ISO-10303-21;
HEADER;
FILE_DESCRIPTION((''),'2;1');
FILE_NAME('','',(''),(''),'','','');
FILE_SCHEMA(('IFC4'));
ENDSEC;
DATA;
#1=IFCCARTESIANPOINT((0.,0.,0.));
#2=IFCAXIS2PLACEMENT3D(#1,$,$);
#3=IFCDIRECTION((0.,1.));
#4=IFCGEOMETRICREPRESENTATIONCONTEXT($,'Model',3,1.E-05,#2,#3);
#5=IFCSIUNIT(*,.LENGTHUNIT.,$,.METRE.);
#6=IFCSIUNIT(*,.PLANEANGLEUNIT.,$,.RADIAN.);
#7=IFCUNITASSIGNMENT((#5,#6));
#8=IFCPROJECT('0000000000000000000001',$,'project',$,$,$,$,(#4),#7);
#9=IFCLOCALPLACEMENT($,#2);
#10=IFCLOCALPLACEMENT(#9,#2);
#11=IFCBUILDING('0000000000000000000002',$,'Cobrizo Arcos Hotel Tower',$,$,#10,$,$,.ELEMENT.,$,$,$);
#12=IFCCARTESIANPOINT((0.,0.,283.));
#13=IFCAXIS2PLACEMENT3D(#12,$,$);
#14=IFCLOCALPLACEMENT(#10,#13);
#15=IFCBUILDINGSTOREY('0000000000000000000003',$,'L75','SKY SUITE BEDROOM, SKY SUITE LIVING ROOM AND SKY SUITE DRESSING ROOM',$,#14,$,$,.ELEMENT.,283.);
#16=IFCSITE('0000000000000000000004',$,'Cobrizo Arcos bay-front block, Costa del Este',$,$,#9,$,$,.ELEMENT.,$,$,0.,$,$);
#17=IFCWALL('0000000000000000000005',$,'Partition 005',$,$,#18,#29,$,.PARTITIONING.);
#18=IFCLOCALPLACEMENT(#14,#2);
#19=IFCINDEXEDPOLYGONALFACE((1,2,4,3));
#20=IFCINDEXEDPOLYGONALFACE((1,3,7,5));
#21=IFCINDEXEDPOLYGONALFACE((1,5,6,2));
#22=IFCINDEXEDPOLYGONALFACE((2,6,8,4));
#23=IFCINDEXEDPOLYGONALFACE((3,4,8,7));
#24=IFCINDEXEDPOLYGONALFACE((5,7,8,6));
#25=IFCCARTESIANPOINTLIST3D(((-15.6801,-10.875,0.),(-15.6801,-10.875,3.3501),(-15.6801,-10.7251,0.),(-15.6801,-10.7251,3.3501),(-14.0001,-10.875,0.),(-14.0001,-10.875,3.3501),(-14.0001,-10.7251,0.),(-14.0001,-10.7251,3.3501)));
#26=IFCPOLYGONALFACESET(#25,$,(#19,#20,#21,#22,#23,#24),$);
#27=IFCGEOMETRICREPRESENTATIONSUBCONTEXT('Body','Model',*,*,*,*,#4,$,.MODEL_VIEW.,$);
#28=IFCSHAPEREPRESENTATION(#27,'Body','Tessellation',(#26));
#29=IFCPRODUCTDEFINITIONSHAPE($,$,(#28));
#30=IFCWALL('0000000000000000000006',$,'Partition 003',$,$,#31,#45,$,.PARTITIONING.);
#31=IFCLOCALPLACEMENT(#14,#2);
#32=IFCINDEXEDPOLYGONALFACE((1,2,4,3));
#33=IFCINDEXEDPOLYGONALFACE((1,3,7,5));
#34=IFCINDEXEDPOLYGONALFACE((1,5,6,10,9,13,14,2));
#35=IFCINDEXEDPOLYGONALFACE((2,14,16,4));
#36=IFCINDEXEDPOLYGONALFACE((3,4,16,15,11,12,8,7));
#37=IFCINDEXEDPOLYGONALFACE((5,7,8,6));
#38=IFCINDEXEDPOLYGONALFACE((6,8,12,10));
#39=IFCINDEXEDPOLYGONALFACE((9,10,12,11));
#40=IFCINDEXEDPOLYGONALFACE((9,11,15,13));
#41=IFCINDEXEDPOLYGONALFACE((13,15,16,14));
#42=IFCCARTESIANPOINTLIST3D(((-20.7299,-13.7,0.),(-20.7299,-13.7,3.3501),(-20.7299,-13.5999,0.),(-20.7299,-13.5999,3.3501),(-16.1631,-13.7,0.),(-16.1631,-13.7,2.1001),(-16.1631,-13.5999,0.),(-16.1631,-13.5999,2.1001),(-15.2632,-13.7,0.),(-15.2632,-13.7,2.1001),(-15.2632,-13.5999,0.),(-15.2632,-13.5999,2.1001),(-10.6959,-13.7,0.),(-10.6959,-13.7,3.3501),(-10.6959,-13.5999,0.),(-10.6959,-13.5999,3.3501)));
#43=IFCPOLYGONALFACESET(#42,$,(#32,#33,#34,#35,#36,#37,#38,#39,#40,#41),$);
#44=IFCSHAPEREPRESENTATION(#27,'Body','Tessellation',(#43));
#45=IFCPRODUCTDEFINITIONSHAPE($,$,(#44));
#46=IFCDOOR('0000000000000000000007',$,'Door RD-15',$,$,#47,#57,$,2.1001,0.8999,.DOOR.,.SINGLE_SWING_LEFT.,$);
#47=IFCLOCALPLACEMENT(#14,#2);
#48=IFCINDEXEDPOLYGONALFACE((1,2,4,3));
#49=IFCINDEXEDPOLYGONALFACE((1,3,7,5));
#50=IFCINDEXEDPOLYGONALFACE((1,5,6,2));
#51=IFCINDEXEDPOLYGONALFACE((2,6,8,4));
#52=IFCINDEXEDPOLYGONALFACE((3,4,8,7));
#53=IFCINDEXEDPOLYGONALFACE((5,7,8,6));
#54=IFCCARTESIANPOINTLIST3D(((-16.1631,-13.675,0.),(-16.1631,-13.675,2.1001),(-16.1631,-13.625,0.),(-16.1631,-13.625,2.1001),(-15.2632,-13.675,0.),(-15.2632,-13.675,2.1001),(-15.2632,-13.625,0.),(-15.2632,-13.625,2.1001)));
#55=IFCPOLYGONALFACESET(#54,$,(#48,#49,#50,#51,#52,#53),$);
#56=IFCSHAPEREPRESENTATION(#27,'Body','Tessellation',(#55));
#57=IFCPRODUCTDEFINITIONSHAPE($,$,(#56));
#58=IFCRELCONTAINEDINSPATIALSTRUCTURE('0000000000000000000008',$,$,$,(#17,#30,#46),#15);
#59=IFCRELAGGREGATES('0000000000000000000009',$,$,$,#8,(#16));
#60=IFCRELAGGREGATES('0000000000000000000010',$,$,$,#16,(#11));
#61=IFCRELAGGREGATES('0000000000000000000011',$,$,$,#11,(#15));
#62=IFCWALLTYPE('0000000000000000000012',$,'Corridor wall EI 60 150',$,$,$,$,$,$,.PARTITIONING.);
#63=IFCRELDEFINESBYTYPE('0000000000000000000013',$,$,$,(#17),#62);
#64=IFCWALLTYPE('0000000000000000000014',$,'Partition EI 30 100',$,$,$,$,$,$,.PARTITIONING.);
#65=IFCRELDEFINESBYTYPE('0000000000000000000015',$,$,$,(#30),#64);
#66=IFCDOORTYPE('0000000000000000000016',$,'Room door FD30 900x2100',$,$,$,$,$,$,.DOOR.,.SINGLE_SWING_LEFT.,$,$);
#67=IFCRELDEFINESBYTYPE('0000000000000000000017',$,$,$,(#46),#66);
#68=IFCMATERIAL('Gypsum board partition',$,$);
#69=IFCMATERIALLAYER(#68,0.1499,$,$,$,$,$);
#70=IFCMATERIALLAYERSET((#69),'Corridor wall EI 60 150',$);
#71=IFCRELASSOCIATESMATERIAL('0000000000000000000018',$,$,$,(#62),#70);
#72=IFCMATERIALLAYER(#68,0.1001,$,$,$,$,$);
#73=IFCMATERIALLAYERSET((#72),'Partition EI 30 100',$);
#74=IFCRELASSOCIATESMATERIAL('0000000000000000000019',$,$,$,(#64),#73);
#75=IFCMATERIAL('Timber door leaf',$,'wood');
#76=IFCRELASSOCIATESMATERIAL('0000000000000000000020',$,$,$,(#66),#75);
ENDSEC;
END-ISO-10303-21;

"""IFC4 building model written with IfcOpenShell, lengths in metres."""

from ifc_helpers import new_model, si_unit, direction, frame, frame_2d, origin, place, context, subcontext, project, spatial, rectangle, extrude, material, layer, layer_set, type_object, element, fill, save


model = new_model("IFC4")

# Units and contexts
model_context = context("Model", 3, precision=1e-05, world=origin(), true_north=direction((0.0, 1.0)))
body_context = subcontext(model_context, "Body", "Model", "MODEL_VIEW")
ifc_project = project(units=[si_unit("LENGTHUNIT", "METRE"), si_unit("PLANEANGLEUNIT", "RADIAN")], contexts=[model_context])

# Site, building, storey
site_placement = place(None, origin())
site = spatial("IfcSite", under=ifc_project, at=site_placement, Name="Cobrizo Arcos bay-front block, Costa del Este", CompositionType="ELEMENT", RefElevation=0.0)
building_placement = place(site_placement, origin())
building = spatial("IfcBuilding", under=site, at=building_placement, Name="Cobrizo Arcos Hotel Tower", CompositionType="ELEMENT")
storey_placement = place(building_placement, frame((0.0, 0.0, 283.0)))
storey = spatial("IfcBuildingStorey", under=building, at=storey_placement, Name="L75", Description="SKY SUITE BEDROOM, SKY SUITE LIVING ROOM AND SKY SUITE DRESSING ROOM", CompositionType="ELEMENT", Elevation=283.0)

# Wall
ifc_material_1 = material(Name="Gypsum board partition")
ifc_layer_1 = layer(ifc_material_1, 0.1499)
ifc_layer_set_1 = layer_set([ifc_layer_1], Name="Corridor wall EI 60 150")
wall_type_1 = type_object("IfcWallType", Name="Corridor wall EI 60 150", PredefinedType="PARTITIONING", material=ifc_layer_set_1)
wall_1_placement = place(storey_placement, frame((-15.6799, -10.8, 0.0), z_axis=(0.0, 0.0, 1.0), x_axis=(1.0, 0.0, 0.0)))
element("IfcWall", 1, at=wall_1_placement, inside=storey, type_object=wall_type_1, Name="Partition 005", PredefinedType="PARTITIONING", context=body_context, shape_type="SweptSolid", body=[
    extrude(rectangle(XDim=1.6799, YDim=0.1499, at=frame_2d((0.8398, 0.0))), origin(), (0.0, 0.0, 1.0), 3.3501),
])

# Wall, opening, door
ifc_layer_2 = layer(ifc_material_1, 0.1001)
ifc_layer_set_2 = layer_set([ifc_layer_2], Name="Partition EI 30 100")
wall_type_2 = type_object("IfcWallType", Name="Partition EI 30 100", PredefinedType="PARTITIONING", material=ifc_layer_set_2)
wall_2_placement = place(storey_placement, frame((-20.73, -13.6499, 0.0), z_axis=(0.0, 0.0, 1.0), x_axis=(1.0, 0.0, 0.0)))
wall_2 = element("IfcWall", 2, at=wall_2_placement, inside=storey, type_object=wall_type_2, Name="Partition 003", PredefinedType="PARTITIONING", context=body_context, shape_type="SweptSolid", body=[
    extrude(rectangle(XDim=10.0339, YDim=0.1001, at=frame_2d((5.0171, 0.0))), origin(), (0.0, 0.0, 1.0), 3.3501),
])
opening_1_placement = place(wall_2_placement, frame((4.5669, 0.0, 0.0)))
opening_1 = element("IfcOpeningElement", 3, at=opening_1_placement, cuts=wall_2, PredefinedType="OPENING", context=body_context, shape_type="SweptSolid", body=[
    extrude(rectangle(XDim=0.8999, YDim=2.1001, at=frame_2d((0.45, 1.05))), frame((0.0, 0.062, 0.0), z_axis=(0.0, -1.0, 0.0), x_axis=(1.0, 0.0, 0.0)), (0.0, 0.0, 1.0), 0.124),
])
ifc_material_2 = material(Name="Timber door leaf", Category="wood")
door_type_1 = type_object("IfcDoorType", Name="Room door FD30 900x2100", OperationType="SINGLE_SWING_LEFT", PredefinedType="DOOR", material=ifc_material_2)
door_1_placement = place(opening_1_placement, origin())
door_1 = element("IfcDoor", 4, at=door_1_placement, inside=storey, type_object=door_type_1, Name="Door RD-15", OperationType="SINGLE_SWING_LEFT", OverallHeight=2.1001, OverallWidth=0.8999, PredefinedType="DOOR", context=body_context, shape_type="SweptSolid", body=[
    extrude(rectangle(XDim=0.8999, YDim=2.1001, at=frame_2d((0.45, 1.05))), frame((0.0, 0.0249, 0.0), z_axis=(0.0, -1.0, 0.0), x_axis=(1.0, 0.0, 0.0)), (0.0, 0.0, 1.0), 0.05),
])
fill(opening_1, door_1)

save(model, "model.ifc")
